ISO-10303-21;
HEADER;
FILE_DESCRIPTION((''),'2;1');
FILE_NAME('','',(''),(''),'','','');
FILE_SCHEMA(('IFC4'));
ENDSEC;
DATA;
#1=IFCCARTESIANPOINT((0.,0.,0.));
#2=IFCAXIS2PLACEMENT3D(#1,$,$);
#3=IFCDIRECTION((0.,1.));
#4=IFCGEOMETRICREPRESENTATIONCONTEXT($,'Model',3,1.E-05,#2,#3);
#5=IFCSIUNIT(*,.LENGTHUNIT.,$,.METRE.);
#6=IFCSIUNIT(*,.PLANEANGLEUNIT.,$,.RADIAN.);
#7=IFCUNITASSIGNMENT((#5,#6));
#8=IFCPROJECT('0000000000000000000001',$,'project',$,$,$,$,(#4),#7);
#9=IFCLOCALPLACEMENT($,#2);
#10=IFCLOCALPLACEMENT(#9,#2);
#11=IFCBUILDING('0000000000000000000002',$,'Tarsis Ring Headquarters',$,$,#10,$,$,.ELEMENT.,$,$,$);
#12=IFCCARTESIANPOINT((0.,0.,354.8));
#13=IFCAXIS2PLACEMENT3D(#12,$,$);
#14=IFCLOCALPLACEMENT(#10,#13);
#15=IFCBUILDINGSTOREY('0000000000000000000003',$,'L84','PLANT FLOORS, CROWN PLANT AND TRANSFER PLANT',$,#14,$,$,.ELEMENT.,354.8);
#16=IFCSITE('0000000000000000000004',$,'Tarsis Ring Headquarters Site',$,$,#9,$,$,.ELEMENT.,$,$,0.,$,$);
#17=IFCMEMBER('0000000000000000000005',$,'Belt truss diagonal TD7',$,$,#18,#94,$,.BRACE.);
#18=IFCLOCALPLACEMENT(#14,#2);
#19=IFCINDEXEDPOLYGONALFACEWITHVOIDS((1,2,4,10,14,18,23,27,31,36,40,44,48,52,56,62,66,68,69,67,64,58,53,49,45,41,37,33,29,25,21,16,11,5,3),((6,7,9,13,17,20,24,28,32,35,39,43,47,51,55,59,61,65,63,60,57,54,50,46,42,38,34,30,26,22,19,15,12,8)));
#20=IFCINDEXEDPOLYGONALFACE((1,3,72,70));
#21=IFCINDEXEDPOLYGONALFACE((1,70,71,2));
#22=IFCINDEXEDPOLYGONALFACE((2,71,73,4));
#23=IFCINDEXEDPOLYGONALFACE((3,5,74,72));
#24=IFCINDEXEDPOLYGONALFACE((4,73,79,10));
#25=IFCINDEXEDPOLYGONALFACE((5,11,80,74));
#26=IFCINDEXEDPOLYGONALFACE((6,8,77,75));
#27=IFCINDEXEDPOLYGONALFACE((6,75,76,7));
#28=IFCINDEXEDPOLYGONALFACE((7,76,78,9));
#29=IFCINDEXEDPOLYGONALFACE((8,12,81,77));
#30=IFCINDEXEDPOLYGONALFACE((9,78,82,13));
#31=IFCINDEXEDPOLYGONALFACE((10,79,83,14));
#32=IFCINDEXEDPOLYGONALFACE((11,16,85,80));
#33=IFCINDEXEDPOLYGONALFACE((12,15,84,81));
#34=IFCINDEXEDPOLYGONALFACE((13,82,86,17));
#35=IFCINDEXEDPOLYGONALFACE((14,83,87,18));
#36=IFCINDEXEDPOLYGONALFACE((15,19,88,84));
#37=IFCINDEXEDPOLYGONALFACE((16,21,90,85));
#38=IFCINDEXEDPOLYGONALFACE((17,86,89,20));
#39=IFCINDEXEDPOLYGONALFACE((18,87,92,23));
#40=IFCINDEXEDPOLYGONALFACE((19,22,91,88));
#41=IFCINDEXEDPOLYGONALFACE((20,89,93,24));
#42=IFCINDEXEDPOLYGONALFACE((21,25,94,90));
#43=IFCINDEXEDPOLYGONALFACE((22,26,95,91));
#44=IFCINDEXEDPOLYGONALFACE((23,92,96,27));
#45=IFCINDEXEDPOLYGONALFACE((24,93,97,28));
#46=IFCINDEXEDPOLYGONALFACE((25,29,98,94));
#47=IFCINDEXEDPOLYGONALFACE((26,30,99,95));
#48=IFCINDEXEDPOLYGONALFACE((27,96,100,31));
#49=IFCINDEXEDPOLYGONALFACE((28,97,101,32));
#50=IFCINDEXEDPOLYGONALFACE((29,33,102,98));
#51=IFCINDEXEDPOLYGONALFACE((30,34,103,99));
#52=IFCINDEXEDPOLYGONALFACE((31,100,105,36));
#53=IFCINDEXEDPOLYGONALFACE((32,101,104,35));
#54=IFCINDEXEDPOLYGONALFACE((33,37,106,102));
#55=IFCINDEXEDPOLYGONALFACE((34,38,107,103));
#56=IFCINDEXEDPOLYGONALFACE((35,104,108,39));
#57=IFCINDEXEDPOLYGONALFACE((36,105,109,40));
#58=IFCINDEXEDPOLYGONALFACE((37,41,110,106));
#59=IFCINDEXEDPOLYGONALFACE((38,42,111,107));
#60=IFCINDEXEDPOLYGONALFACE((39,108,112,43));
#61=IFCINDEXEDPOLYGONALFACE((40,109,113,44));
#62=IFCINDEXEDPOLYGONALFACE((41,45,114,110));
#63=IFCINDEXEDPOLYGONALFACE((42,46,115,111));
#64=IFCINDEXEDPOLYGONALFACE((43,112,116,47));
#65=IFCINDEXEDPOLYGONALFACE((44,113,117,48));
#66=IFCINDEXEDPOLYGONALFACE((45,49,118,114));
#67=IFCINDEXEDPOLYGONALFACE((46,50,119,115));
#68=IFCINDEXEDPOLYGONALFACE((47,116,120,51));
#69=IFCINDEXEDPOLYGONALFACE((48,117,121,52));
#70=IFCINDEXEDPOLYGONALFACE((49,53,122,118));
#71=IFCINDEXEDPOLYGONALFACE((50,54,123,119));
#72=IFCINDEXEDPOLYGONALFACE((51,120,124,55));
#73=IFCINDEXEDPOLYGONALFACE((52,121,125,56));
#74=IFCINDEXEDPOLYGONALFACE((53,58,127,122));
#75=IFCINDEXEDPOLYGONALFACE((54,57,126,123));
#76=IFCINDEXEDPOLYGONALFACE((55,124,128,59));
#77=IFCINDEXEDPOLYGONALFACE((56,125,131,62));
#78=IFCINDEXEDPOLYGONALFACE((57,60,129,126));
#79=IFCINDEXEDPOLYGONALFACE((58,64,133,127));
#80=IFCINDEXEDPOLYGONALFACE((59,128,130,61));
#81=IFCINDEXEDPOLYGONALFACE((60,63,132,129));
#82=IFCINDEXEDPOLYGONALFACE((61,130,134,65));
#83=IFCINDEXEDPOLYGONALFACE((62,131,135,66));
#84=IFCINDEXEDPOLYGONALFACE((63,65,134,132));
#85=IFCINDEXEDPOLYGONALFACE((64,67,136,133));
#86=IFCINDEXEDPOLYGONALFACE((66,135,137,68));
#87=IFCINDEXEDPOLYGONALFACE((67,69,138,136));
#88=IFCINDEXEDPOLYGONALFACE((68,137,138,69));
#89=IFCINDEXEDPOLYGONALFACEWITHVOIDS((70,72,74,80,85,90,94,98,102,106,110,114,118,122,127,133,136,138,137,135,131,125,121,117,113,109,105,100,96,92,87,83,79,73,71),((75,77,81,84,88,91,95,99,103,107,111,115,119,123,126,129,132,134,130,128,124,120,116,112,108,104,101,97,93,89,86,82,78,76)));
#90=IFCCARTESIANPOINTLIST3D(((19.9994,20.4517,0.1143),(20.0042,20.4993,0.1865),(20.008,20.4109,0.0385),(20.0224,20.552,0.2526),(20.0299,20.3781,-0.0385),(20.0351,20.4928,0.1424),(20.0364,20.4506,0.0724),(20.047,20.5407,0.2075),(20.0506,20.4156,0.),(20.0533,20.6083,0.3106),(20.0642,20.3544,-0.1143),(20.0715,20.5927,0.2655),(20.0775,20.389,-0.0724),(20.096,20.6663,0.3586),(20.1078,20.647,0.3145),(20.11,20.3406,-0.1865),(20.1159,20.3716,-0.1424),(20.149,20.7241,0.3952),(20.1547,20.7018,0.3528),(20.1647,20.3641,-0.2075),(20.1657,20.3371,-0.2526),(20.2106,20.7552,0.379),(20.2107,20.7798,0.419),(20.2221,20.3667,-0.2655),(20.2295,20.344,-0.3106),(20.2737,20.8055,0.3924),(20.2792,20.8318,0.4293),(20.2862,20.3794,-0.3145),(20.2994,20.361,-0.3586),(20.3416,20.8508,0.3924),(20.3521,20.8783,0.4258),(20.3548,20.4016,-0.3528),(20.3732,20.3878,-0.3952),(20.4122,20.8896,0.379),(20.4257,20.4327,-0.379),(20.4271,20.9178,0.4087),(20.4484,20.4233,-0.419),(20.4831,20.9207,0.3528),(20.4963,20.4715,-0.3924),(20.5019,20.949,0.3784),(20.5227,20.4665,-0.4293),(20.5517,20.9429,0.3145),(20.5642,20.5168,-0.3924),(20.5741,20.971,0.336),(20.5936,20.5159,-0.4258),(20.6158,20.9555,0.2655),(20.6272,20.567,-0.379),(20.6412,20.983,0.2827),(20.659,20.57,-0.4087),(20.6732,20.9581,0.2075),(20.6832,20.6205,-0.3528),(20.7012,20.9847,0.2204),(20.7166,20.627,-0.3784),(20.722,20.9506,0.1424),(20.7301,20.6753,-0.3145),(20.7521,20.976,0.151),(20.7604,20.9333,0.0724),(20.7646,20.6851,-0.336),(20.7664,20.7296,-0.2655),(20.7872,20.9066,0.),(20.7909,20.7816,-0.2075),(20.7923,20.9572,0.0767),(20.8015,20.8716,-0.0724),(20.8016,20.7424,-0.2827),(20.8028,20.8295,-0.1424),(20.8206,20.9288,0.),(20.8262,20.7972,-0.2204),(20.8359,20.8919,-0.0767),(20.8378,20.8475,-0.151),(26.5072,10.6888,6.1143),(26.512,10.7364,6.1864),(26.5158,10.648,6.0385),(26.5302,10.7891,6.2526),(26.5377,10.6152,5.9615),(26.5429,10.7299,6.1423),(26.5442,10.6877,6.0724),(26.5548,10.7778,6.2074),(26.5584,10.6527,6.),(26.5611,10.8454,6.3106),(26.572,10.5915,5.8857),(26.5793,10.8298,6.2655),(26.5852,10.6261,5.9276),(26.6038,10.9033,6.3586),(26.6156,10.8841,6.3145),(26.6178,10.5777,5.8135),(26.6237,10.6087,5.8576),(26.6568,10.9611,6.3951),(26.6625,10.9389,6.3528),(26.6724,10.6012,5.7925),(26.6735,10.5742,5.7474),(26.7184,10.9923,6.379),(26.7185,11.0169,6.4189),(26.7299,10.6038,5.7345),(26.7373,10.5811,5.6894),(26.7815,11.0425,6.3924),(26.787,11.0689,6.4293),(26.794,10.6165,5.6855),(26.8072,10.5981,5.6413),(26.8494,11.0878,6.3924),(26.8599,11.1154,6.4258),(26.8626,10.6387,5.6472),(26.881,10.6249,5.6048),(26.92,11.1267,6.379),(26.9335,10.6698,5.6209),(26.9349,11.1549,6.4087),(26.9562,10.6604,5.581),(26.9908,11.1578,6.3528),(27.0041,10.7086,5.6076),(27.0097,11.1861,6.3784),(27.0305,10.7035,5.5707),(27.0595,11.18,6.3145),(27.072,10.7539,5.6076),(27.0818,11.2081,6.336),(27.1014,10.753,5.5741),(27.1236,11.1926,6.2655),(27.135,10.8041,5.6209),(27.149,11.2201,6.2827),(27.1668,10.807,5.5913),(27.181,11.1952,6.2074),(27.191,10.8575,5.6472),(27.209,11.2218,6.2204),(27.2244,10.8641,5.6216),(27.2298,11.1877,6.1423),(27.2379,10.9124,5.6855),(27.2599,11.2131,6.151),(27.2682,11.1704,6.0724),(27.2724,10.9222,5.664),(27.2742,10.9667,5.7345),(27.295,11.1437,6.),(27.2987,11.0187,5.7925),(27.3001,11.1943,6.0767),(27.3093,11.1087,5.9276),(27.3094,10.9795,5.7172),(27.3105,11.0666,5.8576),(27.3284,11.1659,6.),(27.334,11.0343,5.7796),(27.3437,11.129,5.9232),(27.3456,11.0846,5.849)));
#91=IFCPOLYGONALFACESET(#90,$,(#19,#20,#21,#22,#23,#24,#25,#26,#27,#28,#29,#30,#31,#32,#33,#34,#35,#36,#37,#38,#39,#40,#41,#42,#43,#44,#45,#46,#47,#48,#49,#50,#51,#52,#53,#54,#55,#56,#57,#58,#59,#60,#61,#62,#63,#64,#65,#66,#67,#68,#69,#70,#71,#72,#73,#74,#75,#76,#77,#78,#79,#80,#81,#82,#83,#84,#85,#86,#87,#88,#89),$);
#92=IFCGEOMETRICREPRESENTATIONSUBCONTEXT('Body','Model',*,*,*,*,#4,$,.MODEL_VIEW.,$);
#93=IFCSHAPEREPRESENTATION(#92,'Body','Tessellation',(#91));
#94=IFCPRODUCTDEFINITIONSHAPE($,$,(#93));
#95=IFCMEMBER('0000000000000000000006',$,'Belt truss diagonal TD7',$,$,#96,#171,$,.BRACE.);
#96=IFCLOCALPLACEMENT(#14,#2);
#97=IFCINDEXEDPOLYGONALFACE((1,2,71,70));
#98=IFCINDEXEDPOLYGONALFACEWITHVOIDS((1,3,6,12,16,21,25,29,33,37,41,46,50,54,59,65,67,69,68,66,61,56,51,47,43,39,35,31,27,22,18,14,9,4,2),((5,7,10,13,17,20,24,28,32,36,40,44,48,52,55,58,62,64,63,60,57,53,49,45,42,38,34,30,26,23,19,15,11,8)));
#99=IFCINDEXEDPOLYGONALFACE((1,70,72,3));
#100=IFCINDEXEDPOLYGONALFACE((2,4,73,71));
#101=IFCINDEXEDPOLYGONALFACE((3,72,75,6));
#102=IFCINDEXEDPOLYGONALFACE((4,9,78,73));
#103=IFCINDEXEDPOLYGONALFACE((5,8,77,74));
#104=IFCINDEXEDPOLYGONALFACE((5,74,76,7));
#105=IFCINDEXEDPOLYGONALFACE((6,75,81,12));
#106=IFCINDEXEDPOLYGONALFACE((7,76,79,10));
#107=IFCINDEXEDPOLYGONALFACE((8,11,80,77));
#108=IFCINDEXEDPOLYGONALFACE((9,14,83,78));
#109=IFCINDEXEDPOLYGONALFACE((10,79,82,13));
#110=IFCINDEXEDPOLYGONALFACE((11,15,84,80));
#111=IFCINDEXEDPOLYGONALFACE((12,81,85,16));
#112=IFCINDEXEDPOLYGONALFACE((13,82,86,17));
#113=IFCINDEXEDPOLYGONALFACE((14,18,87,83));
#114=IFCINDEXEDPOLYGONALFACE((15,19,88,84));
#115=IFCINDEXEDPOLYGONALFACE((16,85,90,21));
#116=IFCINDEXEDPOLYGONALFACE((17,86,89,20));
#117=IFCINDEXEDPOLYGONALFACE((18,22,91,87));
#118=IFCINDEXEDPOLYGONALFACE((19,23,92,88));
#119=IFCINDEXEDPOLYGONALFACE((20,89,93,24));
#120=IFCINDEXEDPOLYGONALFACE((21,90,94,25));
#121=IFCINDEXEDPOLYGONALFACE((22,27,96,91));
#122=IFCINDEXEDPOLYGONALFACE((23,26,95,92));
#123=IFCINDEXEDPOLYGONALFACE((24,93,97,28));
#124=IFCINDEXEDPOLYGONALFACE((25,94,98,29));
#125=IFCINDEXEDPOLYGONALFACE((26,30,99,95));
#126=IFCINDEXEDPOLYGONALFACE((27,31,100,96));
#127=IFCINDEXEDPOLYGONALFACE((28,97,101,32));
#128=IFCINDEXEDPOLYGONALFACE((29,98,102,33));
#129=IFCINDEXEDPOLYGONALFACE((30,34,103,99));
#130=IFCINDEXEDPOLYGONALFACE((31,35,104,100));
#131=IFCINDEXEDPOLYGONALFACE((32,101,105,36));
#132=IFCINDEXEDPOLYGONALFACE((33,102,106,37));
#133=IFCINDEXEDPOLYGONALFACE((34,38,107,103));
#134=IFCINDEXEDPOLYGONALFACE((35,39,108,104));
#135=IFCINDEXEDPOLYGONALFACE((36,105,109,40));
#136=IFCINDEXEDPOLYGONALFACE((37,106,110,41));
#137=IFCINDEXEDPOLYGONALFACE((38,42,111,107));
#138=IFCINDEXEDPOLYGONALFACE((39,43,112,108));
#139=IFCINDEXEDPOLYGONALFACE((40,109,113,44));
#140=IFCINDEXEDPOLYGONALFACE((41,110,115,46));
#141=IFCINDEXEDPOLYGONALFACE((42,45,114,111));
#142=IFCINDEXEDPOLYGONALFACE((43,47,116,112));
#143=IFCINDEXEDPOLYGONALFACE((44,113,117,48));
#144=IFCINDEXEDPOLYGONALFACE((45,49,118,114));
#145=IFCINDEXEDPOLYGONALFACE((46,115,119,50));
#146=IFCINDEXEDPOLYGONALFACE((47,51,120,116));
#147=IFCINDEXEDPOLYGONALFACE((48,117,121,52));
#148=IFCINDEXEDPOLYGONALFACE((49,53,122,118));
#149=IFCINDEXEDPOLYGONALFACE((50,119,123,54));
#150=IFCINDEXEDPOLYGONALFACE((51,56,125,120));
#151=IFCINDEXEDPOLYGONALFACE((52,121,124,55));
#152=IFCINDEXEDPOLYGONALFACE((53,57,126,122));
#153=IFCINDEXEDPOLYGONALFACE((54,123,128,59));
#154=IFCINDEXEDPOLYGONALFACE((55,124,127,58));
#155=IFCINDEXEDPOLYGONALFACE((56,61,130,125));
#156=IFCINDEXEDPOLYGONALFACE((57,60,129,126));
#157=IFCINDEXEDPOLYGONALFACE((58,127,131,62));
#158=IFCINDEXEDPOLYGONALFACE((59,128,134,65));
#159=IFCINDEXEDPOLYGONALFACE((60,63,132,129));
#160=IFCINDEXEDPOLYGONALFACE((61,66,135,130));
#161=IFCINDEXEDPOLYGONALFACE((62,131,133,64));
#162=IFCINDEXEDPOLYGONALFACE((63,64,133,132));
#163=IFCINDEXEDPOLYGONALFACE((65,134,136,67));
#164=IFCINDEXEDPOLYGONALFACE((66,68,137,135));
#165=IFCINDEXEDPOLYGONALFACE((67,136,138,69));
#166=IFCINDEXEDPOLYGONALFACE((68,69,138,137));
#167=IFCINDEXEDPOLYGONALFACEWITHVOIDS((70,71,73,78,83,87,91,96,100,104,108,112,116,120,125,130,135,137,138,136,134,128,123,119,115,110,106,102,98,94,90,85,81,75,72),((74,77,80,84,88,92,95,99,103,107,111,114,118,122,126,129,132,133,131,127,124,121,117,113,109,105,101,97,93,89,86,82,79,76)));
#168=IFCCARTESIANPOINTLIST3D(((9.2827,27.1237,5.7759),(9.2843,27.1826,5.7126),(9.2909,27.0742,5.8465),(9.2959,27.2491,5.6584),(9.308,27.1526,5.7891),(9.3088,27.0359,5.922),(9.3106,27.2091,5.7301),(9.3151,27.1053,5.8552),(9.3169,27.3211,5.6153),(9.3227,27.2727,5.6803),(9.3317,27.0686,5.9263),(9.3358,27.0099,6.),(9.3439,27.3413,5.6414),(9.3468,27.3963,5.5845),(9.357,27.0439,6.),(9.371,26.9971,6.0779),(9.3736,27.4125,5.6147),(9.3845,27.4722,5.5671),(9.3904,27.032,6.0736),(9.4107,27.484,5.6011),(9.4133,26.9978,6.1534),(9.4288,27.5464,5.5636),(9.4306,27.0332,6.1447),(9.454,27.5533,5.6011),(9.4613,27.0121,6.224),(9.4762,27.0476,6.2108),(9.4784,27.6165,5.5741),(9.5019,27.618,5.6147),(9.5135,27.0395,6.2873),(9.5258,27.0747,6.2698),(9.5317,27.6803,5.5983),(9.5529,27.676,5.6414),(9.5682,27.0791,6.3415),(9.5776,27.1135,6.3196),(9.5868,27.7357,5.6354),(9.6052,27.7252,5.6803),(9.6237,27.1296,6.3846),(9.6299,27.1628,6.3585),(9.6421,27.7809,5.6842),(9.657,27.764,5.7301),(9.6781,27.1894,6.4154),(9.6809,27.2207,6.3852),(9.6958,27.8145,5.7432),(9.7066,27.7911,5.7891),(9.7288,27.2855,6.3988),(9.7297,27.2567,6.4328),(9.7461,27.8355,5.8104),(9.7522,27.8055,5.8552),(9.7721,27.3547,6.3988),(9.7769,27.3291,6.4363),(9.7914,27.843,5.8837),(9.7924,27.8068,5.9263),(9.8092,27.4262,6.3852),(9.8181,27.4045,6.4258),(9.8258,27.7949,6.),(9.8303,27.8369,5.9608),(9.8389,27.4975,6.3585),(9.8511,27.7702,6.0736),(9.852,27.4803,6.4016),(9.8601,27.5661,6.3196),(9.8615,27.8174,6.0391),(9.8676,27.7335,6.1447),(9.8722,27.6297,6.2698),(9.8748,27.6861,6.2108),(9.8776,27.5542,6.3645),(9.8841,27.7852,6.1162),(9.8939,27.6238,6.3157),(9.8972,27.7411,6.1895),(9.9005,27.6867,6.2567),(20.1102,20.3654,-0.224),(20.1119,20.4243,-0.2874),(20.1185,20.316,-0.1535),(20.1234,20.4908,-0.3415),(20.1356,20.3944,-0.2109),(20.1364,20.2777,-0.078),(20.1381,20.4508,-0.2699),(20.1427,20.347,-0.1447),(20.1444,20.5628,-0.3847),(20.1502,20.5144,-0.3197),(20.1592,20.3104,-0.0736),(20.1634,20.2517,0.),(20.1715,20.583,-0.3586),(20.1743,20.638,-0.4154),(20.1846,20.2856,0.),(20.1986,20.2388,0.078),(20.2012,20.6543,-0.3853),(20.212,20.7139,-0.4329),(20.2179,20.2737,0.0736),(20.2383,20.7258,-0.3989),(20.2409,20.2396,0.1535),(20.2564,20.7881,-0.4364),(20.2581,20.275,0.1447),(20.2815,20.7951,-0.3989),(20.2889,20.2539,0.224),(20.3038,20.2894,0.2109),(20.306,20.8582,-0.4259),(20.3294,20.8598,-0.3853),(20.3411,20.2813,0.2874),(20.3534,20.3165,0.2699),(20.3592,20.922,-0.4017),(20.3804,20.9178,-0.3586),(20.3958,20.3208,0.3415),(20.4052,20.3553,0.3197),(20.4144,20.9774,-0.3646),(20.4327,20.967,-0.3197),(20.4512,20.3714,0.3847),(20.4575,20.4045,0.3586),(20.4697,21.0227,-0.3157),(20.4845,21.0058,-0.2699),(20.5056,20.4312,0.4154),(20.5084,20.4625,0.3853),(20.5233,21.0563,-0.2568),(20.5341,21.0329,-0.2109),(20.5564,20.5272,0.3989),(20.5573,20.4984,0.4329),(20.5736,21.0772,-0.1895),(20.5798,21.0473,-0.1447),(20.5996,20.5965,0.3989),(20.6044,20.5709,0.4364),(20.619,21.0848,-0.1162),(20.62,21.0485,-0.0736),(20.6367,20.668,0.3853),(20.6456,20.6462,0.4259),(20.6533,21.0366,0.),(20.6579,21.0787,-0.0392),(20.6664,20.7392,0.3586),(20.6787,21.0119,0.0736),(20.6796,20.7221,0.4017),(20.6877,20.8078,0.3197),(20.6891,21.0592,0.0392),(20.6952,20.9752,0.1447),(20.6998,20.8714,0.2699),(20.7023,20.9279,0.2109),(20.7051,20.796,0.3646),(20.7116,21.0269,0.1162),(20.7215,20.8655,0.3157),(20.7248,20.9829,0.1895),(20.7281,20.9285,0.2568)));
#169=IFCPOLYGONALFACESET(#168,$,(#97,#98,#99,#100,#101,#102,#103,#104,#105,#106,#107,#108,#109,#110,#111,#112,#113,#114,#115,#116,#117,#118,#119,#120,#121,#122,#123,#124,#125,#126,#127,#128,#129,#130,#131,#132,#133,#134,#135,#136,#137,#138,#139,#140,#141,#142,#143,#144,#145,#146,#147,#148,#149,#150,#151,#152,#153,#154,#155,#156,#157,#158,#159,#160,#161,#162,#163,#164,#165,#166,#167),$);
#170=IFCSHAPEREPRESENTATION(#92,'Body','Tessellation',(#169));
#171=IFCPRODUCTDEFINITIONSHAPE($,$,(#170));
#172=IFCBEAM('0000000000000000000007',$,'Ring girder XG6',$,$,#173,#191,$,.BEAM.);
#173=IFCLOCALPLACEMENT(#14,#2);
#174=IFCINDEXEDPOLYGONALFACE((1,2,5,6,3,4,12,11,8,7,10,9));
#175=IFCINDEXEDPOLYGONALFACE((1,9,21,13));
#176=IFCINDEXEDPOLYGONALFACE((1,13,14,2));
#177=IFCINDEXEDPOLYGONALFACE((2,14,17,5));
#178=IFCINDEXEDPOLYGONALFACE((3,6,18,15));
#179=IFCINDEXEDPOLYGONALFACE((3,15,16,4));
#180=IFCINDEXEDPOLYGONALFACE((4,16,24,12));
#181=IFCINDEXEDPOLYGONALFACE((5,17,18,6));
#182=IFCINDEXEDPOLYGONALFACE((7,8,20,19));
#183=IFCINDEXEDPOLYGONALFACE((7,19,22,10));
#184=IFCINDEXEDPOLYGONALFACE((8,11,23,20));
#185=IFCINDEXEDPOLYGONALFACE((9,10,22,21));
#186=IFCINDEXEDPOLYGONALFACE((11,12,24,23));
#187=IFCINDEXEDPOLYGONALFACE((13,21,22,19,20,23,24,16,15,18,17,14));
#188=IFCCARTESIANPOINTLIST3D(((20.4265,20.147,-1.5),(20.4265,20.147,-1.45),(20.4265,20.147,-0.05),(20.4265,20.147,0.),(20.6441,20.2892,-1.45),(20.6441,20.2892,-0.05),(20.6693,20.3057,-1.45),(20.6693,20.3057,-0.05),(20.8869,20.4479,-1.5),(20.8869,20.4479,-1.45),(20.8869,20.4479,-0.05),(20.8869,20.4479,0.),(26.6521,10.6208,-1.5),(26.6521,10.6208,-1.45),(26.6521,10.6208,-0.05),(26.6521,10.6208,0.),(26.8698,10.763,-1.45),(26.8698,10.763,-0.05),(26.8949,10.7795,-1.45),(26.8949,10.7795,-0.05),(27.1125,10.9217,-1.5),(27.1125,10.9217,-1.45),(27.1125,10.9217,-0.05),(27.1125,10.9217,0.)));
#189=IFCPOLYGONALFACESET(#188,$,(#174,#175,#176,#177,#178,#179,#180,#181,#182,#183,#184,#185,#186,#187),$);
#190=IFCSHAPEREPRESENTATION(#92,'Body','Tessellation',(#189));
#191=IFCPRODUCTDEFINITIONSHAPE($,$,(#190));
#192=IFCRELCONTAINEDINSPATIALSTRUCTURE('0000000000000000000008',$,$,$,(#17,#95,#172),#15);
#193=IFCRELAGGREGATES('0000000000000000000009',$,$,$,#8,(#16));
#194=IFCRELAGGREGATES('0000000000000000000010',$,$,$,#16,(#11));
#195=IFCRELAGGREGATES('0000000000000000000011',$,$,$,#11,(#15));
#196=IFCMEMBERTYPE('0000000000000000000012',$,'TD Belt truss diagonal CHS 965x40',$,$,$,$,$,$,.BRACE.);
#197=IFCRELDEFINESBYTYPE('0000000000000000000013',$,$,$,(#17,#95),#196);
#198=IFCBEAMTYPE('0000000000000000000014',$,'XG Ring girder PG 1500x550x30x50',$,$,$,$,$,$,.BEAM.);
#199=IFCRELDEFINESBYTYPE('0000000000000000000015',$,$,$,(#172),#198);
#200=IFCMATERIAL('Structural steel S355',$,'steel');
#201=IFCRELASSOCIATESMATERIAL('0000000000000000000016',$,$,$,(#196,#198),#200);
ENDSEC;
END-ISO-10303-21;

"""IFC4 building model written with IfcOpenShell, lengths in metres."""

from ifc_helpers import new_model, si_unit, direction, frame, origin, origin_2d, place, context, subcontext, project, spatial, hollow_circle, i_section, extrude, material, material_profile, profile_set, type_object, element, save


model = new_model("IFC4")

# Units and contexts
model_context = context("Model", 3, precision=1e-05, world=origin(), true_north=direction((0.0, 1.0)))
body_context = subcontext(model_context, "Body", "Model", "MODEL_VIEW")
ifc_project = project(units=[si_unit("LENGTHUNIT", "METRE"), si_unit("PLANEANGLEUNIT", "RADIAN")], contexts=[model_context])

# Site, building, storey
site_placement = place(None, origin())
site = spatial("IfcSite", under=ifc_project, at=site_placement, Name="Tarsis Ring Headquarters Site", CompositionType="ELEMENT", RefElevation=0.0)
building_placement = place(site_placement, origin())
building = spatial("IfcBuilding", under=site, at=building_placement, Name="Tarsis Ring Headquarters", CompositionType="ELEMENT")
storey_placement = place(building_placement, frame((0.0, 0.0, 354.8)))
storey = spatial("IfcBuildingStorey", under=building, at=storey_placement, Name="L84", Description="PLANT FLOORS, CROWN PLANT AND TRANSFER PLANT", CompositionType="ELEMENT", Elevation=354.8)

# Shared definitions
ifc_material_1 = material(Name="Structural steel S355", Category="steel")
ifc_material_profile_1 = material_profile(ifc_material_1, hollow_circle(Radius=0.4827, WallThickness=0.04, at=origin_2d()), Name="CHS 965x40")
ifc_profile_set_1 = profile_set([ifc_material_profile_1], Name="Structural steel S355")

# Members
member_type_1 = type_object("IfcMemberType", Name="TD Belt truss diagonal CHS 965x40", PredefinedType="BRACE", material=ifc_profile_set_1)
member_1_placement = place(storey_placement, frame((20.4189, 20.6611, 0.0), z_axis=(0.493829, -0.740837, 0.455295), x_axis=(0.832082, 0.554652, 0.0)))
element("IfcMember", 1, at=member_1_placement, inside=storey, type_object=member_type_1, Name="Belt truss diagonal TD7", PredefinedType="BRACE", context=body_context, shape_type="SweptSolid", body=[
    extrude(hollow_circle(Radius=0.4827, WallThickness=0.04, at=origin_2d()), origin(), (0.0, 0.0, 1.0), 13.1782),
])
member_2_placement = place(storey_placement, frame((20.4189, 20.6611, 0.0), z_axis=(-0.76772, 0.479189, 0.425422), x_axis=(-0.529493, -0.848314, 0.0)))
element("IfcMember", 2, at=member_2_placement, inside=storey, type_object=member_type_1, Name="Belt truss diagonal TD7", PredefinedType="BRACE", context=body_context, shape_type="SweptSolid", body=[
    extrude(hollow_circle(Radius=0.4827, WallThickness=0.04, at=origin_2d()), origin(), (0.0, 0.0, 1.0), 14.1035),
])

# Beam
ifc_material_profile_2 = material_profile(ifc_material_1, i_section(OverallWidth=0.55, OverallDepth=1.5, WebThickness=0.03, FlangeThickness=0.05, at=origin_2d()), Name="PG 1500x550x30x50")
ifc_profile_set_2 = profile_set([ifc_material_profile_2], Name="Structural steel S355")
beam_type = type_object("IfcBeamType", Name="XG Ring girder PG 1500x550x30x50", PredefinedType="BEAM", material=ifc_profile_set_2)
for number, where, z_axis, x_axis, name in (
    (3, (26.8823, 10.7712, -0.75), (-0.547063, 0.837092, 0.0), (-0.837092, -0.547063, 0.0), "Ring girder XG6"),
):
    element("IfcBeam", number, at=place(storey_placement, frame(where, z_axis=z_axis, x_axis=x_axis)), inside=storey, type_object=beam_type, Name=name, PredefinedType="BEAM", context=body_context, shape_type="SweptSolid", body=[
        extrude(i_section(OverallWidth=0.55, OverallDepth=1.5, WebThickness=0.03, FlangeThickness=0.05, at=origin_2d()), origin(), (0.0, 0.0, 1.0), 11.3801),
    ])

save(model, "model.ifc")
